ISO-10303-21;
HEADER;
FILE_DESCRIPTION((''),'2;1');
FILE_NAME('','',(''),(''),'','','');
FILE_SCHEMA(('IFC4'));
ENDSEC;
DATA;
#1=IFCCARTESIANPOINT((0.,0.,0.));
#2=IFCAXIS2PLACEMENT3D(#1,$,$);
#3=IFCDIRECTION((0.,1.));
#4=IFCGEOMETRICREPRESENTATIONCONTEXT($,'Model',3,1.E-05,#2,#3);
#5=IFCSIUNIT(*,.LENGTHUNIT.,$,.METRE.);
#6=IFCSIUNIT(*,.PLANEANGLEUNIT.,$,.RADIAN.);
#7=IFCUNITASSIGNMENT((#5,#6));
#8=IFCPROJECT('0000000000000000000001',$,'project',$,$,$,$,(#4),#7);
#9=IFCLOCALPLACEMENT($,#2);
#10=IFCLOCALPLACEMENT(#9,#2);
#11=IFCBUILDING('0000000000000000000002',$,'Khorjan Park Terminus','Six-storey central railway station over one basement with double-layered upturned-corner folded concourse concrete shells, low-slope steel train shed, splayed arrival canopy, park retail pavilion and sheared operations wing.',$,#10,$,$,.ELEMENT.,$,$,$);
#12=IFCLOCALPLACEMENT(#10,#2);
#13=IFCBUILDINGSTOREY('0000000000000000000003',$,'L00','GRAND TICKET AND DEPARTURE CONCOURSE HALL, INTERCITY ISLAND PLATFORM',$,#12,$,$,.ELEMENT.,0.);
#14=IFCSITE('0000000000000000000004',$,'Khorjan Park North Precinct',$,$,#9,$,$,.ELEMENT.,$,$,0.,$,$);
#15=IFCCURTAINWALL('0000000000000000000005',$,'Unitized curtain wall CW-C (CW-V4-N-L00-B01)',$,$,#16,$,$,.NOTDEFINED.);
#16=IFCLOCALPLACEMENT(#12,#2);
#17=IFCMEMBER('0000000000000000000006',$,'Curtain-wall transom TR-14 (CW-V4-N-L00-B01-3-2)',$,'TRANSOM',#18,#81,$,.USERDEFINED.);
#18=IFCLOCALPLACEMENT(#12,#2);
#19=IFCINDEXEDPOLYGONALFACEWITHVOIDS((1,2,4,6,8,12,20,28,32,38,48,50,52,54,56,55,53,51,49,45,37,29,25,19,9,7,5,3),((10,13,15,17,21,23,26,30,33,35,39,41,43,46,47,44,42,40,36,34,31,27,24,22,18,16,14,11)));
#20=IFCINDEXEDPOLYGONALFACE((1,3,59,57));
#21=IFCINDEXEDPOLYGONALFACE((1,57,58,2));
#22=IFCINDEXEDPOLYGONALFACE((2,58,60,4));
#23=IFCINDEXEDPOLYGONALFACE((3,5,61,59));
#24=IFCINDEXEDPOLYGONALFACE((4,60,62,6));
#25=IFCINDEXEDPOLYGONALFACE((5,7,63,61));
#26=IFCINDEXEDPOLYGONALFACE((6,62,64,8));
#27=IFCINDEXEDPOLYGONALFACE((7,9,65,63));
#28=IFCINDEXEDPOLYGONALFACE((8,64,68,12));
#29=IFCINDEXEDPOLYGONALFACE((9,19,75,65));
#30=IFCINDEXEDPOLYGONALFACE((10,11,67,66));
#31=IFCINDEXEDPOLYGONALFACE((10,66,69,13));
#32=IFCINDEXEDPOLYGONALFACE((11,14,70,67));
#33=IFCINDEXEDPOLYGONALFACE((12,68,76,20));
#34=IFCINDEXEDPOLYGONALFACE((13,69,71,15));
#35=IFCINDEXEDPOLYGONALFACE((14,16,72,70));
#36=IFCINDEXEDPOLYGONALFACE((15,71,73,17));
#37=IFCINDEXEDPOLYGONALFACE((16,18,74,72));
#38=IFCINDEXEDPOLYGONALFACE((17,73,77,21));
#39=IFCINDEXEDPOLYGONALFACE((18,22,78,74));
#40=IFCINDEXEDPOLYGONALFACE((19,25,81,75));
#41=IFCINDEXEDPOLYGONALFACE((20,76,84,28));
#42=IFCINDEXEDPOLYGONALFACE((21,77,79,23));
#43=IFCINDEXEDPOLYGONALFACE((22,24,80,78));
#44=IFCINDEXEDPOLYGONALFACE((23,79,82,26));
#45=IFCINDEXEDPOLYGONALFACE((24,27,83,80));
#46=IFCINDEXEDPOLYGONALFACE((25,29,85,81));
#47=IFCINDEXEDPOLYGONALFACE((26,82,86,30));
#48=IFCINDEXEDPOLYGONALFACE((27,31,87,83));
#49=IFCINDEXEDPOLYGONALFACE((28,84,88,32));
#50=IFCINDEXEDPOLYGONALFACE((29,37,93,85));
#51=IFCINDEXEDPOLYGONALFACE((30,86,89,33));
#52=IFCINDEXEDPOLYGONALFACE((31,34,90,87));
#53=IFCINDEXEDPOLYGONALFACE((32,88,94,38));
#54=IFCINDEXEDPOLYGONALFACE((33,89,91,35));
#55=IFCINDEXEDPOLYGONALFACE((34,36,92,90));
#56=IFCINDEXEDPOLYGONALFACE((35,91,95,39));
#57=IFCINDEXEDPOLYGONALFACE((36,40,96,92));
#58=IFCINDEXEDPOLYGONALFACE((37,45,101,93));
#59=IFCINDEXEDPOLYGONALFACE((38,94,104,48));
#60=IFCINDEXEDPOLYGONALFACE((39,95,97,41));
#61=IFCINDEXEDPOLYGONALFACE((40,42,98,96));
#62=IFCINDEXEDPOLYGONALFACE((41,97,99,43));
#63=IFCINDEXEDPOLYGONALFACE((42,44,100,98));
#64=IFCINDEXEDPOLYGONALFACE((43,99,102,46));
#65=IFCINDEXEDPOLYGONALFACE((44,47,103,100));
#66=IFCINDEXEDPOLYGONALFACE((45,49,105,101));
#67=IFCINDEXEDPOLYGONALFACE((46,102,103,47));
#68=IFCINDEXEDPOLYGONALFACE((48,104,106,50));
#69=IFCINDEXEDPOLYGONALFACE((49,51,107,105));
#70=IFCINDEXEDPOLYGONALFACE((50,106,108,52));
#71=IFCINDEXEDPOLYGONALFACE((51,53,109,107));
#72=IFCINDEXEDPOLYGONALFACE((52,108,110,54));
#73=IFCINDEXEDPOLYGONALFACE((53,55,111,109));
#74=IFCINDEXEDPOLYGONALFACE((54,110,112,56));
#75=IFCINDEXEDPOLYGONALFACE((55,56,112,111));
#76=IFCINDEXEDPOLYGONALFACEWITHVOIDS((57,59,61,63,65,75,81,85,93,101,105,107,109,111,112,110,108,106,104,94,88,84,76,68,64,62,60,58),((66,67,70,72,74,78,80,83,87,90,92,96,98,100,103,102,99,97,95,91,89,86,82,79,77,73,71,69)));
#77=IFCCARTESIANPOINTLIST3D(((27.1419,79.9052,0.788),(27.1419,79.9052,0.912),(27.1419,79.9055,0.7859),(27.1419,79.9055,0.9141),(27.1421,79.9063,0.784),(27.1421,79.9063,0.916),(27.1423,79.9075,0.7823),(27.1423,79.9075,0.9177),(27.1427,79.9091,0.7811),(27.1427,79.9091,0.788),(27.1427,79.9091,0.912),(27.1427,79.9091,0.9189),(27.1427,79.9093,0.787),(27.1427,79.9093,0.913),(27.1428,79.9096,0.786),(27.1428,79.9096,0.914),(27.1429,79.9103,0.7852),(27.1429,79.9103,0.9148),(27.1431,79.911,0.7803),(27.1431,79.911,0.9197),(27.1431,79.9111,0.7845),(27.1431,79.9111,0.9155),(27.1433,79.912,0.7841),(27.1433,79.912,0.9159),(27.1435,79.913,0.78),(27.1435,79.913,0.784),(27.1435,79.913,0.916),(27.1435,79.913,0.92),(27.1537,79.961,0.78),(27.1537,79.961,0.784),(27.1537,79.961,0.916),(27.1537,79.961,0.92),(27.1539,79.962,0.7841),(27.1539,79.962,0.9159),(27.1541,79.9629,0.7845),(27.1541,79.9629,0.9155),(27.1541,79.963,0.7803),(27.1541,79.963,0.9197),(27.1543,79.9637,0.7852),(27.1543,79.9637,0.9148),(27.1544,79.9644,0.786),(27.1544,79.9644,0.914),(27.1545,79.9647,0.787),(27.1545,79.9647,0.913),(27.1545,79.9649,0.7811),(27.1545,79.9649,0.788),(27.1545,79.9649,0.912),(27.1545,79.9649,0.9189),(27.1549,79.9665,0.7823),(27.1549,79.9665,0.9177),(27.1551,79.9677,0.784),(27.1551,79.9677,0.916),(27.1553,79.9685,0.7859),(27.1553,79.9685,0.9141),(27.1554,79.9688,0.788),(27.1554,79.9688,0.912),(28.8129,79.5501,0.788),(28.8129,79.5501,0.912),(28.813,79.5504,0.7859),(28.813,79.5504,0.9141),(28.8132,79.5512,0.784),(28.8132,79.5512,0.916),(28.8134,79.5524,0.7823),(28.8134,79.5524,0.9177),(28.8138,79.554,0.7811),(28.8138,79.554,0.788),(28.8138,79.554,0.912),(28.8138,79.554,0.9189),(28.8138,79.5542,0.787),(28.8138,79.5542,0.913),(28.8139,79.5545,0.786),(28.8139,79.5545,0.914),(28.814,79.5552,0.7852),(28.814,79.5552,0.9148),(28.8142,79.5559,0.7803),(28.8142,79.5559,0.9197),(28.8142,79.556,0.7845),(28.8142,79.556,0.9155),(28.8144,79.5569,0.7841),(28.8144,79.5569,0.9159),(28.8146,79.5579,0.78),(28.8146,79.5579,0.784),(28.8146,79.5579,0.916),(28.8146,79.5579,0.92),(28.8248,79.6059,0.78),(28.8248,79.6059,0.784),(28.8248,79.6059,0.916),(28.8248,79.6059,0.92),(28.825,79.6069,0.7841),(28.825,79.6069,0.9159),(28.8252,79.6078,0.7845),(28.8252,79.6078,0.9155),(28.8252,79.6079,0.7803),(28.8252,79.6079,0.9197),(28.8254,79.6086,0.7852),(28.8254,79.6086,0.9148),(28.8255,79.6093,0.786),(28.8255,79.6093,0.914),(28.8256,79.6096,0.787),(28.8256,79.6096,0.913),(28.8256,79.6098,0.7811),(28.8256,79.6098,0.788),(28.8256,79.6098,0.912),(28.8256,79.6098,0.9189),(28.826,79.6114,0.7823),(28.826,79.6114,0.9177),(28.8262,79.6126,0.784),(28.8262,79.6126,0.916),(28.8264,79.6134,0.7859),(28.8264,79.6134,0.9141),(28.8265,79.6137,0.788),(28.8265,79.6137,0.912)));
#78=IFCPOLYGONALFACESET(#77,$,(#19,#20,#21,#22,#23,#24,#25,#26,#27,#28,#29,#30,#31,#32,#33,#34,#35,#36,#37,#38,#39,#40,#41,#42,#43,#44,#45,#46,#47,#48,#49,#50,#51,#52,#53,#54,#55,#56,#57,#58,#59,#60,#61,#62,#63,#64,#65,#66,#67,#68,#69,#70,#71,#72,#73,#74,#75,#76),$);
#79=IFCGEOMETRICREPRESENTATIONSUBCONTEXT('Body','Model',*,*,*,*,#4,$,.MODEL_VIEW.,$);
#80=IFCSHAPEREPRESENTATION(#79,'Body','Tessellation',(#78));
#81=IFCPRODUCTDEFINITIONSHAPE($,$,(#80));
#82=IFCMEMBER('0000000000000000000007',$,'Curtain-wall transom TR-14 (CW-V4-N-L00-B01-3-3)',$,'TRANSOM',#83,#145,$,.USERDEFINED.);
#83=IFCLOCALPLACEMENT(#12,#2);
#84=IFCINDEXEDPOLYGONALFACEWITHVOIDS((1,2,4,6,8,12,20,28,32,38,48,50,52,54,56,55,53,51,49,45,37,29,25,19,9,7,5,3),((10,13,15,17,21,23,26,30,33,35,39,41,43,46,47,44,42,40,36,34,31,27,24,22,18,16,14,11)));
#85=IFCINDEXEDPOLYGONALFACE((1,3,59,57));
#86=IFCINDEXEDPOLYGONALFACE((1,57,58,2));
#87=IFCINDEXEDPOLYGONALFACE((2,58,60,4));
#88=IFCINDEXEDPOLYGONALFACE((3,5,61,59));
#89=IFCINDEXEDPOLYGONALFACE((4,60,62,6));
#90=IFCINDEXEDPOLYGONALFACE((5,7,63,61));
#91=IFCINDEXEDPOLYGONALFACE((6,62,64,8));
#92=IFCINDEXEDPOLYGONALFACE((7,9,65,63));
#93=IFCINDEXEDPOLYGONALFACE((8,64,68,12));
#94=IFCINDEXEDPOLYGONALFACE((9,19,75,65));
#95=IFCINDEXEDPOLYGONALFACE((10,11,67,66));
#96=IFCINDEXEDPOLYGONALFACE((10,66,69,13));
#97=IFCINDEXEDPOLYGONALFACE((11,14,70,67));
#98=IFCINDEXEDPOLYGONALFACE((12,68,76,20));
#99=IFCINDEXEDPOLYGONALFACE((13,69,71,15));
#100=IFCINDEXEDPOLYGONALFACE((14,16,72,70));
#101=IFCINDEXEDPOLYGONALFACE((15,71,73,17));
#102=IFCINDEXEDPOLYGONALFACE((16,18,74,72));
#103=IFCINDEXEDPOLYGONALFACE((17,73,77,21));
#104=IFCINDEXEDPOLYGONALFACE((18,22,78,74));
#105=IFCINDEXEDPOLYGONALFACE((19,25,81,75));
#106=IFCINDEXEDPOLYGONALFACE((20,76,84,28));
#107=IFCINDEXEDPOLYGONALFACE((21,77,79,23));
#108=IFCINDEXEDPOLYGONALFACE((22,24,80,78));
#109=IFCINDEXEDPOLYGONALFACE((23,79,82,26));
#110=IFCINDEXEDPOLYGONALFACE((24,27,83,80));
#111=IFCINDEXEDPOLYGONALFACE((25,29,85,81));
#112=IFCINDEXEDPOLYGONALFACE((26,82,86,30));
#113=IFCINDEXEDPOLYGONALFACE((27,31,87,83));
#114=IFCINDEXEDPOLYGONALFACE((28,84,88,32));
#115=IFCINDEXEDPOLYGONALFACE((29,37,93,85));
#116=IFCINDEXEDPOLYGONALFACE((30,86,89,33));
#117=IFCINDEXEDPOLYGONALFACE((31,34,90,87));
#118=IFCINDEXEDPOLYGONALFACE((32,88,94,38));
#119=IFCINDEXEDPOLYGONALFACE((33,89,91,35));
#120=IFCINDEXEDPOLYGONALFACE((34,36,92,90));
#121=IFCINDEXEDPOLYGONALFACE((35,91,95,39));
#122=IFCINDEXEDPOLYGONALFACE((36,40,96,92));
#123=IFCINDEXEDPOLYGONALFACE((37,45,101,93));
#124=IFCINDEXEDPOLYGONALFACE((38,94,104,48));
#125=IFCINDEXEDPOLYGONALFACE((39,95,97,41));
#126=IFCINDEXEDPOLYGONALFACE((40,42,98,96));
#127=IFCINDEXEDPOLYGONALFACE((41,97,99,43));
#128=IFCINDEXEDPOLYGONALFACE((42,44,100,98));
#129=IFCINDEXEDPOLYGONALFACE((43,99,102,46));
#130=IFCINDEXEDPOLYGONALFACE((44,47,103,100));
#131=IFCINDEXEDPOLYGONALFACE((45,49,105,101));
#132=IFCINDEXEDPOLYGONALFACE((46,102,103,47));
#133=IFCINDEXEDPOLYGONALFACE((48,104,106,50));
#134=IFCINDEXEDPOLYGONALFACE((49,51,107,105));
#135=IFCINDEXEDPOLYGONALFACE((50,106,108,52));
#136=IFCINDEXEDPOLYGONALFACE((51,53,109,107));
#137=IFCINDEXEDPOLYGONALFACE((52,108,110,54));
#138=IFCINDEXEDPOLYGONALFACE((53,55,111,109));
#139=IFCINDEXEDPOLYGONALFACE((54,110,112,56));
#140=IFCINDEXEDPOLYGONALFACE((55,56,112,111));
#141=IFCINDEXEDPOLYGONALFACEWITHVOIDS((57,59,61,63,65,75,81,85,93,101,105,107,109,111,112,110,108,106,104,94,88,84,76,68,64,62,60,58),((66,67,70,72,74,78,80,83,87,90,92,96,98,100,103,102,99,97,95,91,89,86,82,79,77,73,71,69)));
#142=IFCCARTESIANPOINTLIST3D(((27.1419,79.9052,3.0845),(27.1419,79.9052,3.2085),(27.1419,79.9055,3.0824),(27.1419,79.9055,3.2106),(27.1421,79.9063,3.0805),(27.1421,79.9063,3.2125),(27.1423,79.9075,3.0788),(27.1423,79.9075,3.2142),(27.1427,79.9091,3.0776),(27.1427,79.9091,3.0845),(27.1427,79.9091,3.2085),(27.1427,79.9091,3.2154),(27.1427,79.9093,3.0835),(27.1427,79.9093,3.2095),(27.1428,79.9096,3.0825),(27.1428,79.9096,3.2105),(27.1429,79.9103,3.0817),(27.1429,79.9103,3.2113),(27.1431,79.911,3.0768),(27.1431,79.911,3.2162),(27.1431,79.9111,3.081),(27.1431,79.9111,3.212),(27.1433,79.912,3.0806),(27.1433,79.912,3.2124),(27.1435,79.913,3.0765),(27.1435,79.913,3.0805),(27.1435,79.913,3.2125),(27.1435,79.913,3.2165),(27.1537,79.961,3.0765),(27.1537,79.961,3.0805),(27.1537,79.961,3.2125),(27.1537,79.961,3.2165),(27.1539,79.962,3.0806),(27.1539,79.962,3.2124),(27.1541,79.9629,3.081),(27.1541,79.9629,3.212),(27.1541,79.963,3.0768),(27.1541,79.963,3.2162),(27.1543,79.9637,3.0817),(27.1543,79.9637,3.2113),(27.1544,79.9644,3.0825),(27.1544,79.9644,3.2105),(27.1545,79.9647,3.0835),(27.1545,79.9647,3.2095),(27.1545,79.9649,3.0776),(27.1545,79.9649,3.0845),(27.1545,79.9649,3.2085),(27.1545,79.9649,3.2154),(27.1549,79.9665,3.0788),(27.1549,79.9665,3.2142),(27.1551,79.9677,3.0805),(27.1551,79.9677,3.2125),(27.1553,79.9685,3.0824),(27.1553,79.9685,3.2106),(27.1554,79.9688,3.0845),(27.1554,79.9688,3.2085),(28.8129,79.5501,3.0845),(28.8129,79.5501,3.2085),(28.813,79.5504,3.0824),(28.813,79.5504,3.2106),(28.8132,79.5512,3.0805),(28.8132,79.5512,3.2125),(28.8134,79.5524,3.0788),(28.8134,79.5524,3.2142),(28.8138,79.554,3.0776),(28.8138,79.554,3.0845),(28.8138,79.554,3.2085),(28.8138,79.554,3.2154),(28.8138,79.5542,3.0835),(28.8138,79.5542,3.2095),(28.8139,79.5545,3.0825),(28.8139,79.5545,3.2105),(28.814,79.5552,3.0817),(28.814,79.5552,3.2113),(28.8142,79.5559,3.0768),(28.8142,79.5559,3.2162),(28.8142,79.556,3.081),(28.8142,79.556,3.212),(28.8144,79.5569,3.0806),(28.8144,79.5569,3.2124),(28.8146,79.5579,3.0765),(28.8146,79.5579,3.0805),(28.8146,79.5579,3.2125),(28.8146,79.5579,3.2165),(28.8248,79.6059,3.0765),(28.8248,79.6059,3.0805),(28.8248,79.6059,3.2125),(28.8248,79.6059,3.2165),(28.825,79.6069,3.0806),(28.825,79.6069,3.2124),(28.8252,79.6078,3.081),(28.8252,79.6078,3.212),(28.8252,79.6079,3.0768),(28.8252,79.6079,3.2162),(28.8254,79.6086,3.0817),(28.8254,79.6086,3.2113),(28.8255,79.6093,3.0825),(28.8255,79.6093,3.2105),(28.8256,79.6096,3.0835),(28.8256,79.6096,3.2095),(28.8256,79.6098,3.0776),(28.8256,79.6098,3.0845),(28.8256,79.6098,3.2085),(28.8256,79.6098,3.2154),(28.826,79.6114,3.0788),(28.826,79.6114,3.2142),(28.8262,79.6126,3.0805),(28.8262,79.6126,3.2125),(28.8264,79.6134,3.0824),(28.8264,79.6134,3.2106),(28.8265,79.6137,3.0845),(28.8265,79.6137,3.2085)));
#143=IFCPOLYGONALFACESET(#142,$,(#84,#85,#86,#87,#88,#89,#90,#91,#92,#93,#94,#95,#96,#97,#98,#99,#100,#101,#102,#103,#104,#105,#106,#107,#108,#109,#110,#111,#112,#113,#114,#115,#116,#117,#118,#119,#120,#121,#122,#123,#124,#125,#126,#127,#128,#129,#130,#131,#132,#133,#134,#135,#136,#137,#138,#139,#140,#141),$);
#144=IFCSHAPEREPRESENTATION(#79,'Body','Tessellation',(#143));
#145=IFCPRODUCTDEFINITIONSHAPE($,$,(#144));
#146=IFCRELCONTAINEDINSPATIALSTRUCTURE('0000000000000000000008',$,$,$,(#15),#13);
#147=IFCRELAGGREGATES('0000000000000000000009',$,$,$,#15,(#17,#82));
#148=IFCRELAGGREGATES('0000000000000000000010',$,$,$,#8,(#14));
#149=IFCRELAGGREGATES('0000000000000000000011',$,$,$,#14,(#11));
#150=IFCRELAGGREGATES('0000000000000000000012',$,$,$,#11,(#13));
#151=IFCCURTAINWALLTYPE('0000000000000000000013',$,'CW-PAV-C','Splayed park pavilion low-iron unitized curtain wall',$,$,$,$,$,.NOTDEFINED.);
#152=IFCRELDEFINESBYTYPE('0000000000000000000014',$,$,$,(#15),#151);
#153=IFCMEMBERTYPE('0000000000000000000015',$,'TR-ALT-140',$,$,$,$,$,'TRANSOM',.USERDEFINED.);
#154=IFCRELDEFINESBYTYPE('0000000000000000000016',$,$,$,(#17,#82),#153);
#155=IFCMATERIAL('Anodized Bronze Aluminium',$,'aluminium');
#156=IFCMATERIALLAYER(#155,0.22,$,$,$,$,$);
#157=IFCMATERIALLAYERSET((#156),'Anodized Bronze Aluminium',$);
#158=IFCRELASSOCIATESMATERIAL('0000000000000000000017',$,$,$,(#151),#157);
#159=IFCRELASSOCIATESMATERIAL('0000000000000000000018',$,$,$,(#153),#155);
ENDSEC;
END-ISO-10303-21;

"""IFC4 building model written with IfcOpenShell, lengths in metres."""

from ifc_helpers import new_model, si_unit, direction, frame, origin, origin_2d, place, context, subcontext, project, spatial, hollow_rectangle, extrude, material, layer, layer_set, material_profile, profile_set, type_object, element, aggregate, save


model = new_model("IFC4")

# Units and contexts
model_context = context("Model", 3, precision=1e-05, world=origin(), true_north=direction((0.0, 1.0)))
body_context = subcontext(model_context, "Body", "Model", "MODEL_VIEW")
ifc_project = project(units=[si_unit("LENGTHUNIT", "METRE"), si_unit("PLANEANGLEUNIT", "RADIAN")], contexts=[model_context])

# Site, building, storey
site_placement = place(None, origin())
site = spatial("IfcSite", under=ifc_project, at=site_placement, Name="Khorjan Park North Precinct", CompositionType="ELEMENT", RefElevation=0.0)
building_placement = place(site_placement, origin())
building = spatial("IfcBuilding", under=site, at=building_placement, Name="Khorjan Park Terminus", Description="Six-storey central railway station over one basement with double-layered upturned-corner folded concourse concrete shells, low-slope steel train shed, splayed arrival canopy, park retail pavilion and sheared operations wing.", CompositionType="ELEMENT")
storey_placement = place(building_placement, origin())
storey = spatial("IfcBuildingStorey", under=building, at=storey_placement, Name="L00", Description="GRAND TICKET AND DEPARTURE CONCOURSE HALL, INTERCITY ISLAND PLATFORM", CompositionType="ELEMENT", Elevation=0.0)

# Curtain wall, members
ifc_material_1 = material(Name="Anodized Bronze Aluminium", Category="aluminium")
ifc_layer_1 = layer(ifc_material_1, 0.22)
ifc_layer_set_1 = layer_set([ifc_layer_1], Name="Anodized Bronze Aluminium")
curtain_wall_type = type_object("IfcCurtainWallType", Name="CW-PAV-C", Description="Splayed park pavilion low-iron unitized curtain wall", PredefinedType="NOTDEFINED", material=ifc_layer_set_1)
curtain_wall_placement = place(storey_placement, origin())
curtain_wall = element("IfcCurtainWall", 1, at=curtain_wall_placement, inside=storey, type_object=curtain_wall_type, Name="Unitized curtain wall CW-C (CW-V4-N-L00-B01)", PredefinedType="NOTDEFINED")
ifc_material_profile_1 = material_profile(ifc_material_1, hollow_rectangle(XDim=0.065, YDim=0.14, WallThickness=0.004, InnerFilletRadius=0.004, OuterFilletRadius=0.008, at=origin_2d()), Name="ALT 65x140x4")
ifc_profile_set_1 = profile_set([ifc_material_profile_1], Name="Anodized Bronze Aluminium")
member_type_1 = type_object("IfcMemberType", Name="TR-ALT-140", ElementType="TRANSOM", PredefinedType="USERDEFINED", material=ifc_profile_set_1)
member_1_placement = place(storey_placement, frame((28.8197, 79.5819, 0.85), z_axis=(-0.97816, 0.207854, 0.0), x_axis=(-0.207854, -0.97816, 0.0)))
member_1 = element("IfcMember", 2, at=member_1_placement, type_object=member_type_1, Name="Curtain-wall transom TR-14 (CW-V4-N-L00-B01-3-2)", ObjectType="TRANSOM", PredefinedType="USERDEFINED", context=body_context, shape_type="SweptSolid", body=[
    extrude(hollow_rectangle(XDim=0.065, YDim=0.14, WallThickness=0.004, InnerFilletRadius=0.004, OuterFilletRadius=0.008, at=origin_2d()), origin(), (0.0, 0.0, 1.0), 1.7084),
])
member_2_placement = place(storey_placement, frame((28.8197, 79.5819, 3.1465), z_axis=(-0.97816, 0.207854, 0.0), x_axis=(-0.207854, -0.97816, 0.0)))
member_2 = element("IfcMember", 3, at=member_2_placement, type_object=member_type_1, Name="Curtain-wall transom TR-14 (CW-V4-N-L00-B01-3-3)", ObjectType="TRANSOM", PredefinedType="USERDEFINED", context=body_context, shape_type="SweptSolid", body=[
    extrude(hollow_rectangle(XDim=0.065, YDim=0.14, WallThickness=0.004, InnerFilletRadius=0.004, OuterFilletRadius=0.008, at=origin_2d()), origin(), (0.0, 0.0, 1.0), 1.7084),
])
aggregate(curtain_wall, [member_1, member_2])

save(model, "model.ifc")
